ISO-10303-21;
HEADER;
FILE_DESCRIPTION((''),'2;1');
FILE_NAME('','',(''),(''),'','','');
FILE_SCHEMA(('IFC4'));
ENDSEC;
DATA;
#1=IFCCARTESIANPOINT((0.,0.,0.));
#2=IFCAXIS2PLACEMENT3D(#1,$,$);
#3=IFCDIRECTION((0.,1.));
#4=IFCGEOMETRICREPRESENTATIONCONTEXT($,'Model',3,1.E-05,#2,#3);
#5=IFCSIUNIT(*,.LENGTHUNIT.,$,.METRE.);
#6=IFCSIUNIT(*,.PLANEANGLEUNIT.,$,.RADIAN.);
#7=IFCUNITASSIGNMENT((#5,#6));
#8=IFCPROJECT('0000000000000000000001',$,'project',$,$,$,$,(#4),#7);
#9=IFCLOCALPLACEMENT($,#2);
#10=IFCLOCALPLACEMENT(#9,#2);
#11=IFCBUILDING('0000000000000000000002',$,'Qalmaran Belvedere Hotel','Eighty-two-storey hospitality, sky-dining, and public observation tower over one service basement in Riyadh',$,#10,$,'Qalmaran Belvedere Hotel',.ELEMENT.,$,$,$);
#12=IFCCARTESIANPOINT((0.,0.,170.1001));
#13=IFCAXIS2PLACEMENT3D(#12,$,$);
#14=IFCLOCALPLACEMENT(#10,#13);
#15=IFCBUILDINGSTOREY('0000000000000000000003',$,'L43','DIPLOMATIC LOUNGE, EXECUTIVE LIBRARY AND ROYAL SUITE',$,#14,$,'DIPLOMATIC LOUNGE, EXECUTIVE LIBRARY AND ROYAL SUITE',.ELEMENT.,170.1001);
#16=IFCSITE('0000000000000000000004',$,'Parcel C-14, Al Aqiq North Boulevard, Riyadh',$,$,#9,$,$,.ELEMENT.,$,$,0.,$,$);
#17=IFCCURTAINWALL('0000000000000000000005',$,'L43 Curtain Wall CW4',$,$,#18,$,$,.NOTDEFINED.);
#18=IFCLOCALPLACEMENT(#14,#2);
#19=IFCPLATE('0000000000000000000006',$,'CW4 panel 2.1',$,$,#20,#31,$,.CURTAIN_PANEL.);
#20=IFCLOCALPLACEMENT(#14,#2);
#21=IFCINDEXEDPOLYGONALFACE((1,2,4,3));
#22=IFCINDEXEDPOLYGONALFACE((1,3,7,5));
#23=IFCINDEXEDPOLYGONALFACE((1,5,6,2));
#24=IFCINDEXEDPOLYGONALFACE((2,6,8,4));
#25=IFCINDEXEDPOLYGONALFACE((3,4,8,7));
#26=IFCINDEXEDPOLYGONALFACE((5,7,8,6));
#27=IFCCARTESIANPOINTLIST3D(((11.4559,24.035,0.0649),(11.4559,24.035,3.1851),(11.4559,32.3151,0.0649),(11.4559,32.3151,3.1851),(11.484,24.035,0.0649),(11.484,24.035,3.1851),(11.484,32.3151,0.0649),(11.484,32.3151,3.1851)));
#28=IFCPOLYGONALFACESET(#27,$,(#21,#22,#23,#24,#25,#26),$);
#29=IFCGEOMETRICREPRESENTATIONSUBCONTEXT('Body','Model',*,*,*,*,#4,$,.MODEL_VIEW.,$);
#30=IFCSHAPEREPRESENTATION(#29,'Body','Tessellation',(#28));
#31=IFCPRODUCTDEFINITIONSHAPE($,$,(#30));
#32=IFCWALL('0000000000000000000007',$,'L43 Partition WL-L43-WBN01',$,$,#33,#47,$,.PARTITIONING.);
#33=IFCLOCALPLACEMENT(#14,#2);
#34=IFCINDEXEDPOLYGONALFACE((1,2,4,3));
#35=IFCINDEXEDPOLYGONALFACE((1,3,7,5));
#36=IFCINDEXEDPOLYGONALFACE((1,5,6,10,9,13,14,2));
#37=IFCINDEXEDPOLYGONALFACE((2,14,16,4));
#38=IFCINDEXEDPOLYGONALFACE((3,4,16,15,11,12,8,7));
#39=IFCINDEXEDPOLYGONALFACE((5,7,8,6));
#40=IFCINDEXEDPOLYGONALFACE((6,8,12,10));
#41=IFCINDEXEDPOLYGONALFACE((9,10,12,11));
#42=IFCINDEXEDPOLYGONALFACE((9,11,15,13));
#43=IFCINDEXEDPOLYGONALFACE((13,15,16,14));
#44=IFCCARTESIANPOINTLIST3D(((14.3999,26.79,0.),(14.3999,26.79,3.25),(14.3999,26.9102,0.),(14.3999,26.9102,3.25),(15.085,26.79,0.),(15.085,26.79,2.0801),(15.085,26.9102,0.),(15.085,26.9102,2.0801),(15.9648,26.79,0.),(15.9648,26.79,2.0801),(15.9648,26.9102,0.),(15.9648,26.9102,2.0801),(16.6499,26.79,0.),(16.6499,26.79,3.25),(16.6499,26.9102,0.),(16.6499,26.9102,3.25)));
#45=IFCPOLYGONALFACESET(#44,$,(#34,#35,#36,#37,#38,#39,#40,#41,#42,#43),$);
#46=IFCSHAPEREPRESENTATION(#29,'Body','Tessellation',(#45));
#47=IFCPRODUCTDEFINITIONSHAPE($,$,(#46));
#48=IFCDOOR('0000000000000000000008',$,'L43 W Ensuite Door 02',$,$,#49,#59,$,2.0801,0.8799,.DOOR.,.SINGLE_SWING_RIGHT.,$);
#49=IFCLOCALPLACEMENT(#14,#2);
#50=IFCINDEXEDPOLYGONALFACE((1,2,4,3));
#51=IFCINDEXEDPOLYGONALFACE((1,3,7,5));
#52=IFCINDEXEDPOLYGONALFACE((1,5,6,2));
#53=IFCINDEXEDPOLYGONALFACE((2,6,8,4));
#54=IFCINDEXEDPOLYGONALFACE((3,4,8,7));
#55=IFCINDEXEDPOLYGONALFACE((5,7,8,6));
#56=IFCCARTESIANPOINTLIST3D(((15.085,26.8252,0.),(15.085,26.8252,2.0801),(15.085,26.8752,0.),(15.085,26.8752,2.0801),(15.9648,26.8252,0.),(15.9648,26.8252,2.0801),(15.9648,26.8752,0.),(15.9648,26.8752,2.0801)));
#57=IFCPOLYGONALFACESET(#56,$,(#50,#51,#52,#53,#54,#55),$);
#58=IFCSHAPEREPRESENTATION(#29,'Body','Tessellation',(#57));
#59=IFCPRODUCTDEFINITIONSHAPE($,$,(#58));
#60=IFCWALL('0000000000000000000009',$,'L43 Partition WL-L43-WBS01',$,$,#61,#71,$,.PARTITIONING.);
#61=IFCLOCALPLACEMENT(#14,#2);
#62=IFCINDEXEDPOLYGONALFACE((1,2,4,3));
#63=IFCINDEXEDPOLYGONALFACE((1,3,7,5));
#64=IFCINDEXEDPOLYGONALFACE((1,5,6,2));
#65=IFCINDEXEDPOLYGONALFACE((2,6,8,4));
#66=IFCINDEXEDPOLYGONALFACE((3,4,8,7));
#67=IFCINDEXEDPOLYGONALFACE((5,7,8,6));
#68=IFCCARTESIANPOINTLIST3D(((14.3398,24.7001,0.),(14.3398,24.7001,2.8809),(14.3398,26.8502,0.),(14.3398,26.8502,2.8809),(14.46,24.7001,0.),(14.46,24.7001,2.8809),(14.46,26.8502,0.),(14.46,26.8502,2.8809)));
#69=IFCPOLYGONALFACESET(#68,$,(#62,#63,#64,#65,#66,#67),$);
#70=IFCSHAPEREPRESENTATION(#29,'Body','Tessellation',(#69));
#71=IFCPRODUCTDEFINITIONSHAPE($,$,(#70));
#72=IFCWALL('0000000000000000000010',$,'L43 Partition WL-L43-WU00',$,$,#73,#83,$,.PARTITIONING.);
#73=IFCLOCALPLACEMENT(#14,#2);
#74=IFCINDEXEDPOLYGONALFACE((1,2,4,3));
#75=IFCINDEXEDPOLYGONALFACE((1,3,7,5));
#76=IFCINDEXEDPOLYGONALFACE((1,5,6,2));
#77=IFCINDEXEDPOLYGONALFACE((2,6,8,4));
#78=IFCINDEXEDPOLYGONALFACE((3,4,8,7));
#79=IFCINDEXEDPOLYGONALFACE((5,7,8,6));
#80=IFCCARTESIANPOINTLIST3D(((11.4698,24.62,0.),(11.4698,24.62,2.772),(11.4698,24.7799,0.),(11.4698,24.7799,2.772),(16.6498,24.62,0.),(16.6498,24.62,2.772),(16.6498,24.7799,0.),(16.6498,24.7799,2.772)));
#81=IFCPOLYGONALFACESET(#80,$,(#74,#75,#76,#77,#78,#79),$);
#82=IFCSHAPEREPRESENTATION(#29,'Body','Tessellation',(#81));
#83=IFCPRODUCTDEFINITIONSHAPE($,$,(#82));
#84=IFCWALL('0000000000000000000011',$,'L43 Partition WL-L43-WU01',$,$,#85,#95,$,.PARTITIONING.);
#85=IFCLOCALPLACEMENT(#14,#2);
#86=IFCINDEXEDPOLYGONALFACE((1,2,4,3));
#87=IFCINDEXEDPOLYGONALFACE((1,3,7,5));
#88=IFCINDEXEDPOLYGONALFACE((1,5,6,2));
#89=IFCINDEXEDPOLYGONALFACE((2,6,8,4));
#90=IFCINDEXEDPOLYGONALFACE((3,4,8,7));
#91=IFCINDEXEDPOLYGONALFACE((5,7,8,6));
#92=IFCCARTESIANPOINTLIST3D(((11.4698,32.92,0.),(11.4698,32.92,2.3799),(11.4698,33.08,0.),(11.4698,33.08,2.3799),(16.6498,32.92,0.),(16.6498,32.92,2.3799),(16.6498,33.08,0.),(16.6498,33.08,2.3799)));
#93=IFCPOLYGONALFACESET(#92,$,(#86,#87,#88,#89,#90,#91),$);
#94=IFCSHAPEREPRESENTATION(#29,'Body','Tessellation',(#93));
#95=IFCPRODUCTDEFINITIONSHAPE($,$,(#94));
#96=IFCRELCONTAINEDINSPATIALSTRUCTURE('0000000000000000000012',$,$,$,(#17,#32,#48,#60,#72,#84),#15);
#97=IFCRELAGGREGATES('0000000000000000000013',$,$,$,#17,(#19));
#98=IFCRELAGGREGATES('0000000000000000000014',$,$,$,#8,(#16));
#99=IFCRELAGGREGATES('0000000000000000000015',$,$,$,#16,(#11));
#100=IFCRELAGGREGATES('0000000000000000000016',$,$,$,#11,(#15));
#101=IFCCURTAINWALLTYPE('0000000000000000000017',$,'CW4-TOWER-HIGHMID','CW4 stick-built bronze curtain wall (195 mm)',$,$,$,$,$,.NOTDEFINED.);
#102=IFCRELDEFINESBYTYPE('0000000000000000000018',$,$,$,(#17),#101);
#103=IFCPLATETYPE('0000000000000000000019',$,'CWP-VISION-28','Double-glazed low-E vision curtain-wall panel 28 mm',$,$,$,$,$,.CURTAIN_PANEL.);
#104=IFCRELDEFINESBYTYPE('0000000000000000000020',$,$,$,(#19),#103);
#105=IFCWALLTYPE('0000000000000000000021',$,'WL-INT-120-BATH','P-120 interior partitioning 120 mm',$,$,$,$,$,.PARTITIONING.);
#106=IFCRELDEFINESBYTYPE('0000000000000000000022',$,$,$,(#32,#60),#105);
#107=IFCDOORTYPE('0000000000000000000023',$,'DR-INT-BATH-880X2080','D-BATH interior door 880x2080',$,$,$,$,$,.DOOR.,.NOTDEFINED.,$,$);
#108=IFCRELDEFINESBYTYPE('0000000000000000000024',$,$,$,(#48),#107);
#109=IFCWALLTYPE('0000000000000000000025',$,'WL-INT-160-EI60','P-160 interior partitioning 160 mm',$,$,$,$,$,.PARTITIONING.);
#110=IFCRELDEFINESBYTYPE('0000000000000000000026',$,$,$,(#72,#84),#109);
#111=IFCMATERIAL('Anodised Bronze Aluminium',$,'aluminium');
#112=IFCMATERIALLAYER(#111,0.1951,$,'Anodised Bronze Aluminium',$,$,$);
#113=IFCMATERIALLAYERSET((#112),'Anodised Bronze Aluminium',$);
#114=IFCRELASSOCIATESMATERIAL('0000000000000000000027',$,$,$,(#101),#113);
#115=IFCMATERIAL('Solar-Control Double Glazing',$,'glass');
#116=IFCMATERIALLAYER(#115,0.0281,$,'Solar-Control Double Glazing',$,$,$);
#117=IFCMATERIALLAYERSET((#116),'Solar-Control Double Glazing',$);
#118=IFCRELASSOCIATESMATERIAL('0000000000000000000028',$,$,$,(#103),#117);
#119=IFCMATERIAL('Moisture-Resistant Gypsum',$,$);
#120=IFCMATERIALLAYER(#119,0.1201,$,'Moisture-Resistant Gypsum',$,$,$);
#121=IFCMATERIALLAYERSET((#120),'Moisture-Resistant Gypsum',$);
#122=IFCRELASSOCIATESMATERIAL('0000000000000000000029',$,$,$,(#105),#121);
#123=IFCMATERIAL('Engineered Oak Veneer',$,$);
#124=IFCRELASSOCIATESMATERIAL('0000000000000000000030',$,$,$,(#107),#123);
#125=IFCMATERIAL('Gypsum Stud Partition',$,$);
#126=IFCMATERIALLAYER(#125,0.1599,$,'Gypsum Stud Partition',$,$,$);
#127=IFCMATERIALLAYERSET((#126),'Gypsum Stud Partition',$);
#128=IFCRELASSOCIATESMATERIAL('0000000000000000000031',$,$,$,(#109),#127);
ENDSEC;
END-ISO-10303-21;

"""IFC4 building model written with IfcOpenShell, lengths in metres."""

from ifc_helpers import new_model, si_unit, direction, frame, frame_2d, origin, origin_2d, place, context, subcontext, project, spatial, rectangle, extrude, material, layer, layer_set, type_object, element, fill, aggregate, save


model = new_model("IFC4")

# Units and contexts
model_context = context("Model", 3, precision=1e-05, world=origin(), true_north=direction((0.0, 1.0)))
body_context = subcontext(model_context, "Body", "Model", "MODEL_VIEW")
ifc_project = project(units=[si_unit("LENGTHUNIT", "METRE"), si_unit("PLANEANGLEUNIT", "RADIAN")], contexts=[model_context])

# Site, building, storey
site_placement = place(None, origin())
site = spatial("IfcSite", under=ifc_project, at=site_placement, Name="Parcel C-14, Al Aqiq North Boulevard, Riyadh", CompositionType="ELEMENT", RefElevation=0.0)
building_placement = place(site_placement, origin())
building = spatial("IfcBuilding", under=site, at=building_placement, Name="Qalmaran Belvedere Hotel", Description="Eighty-two-storey hospitality, sky-dining, and public observation tower over one service basement in Riyadh", LongName="Qalmaran Belvedere Hotel", CompositionType="ELEMENT")
storey_placement = place(building_placement, frame((0.0, 0.0, 170.1001)))
storey = spatial("IfcBuildingStorey", under=building, at=storey_placement, Name="L43", Description="DIPLOMATIC LOUNGE, EXECUTIVE LIBRARY AND ROYAL SUITE", LongName="DIPLOMATIC LOUNGE, EXECUTIVE LIBRARY AND ROYAL SUITE", CompositionType="ELEMENT", Elevation=170.1001)

# Curtain wall, plate
ifc_material_1 = material(Name="Anodised Bronze Aluminium", Category="aluminium")
ifc_layer_1 = layer(ifc_material_1, 0.1951, Name="Anodised Bronze Aluminium")
ifc_layer_set_1 = layer_set([ifc_layer_1], Name="Anodised Bronze Aluminium")
curtain_wall_type = type_object("IfcCurtainWallType", Name="CW4-TOWER-HIGHMID", Description="CW4 stick-built bronze curtain wall (195 mm)", PredefinedType="NOTDEFINED", material=ifc_layer_set_1)
curtain_wall_placement = place(storey_placement, origin())
curtain_wall = element("IfcCurtainWall", 1, at=curtain_wall_placement, inside=storey, type_object=curtain_wall_type, Name="L43 Curtain Wall CW4", PredefinedType="NOTDEFINED")
ifc_material_2 = material(Name="Solar-Control Double Glazing", Category="glass")
ifc_layer_2 = layer(ifc_material_2, 0.0281, Name="Solar-Control Double Glazing")
ifc_layer_set_2 = layer_set([ifc_layer_2], Name="Solar-Control Double Glazing")
plate_type = type_object("IfcPlateType", Name="CWP-VISION-28", Description="Double-glazed low-E vision curtain-wall panel 28 mm", PredefinedType="CURTAIN_PANEL", material=ifc_layer_set_2)
plate_placement = place(storey_placement, frame((11.47, 28.175, 0.0649), z_axis=(0.0, 0.0, 1.0), x_axis=(0.0, -1.0, 0.0)))
plate = element("IfcPlate", 2, at=plate_placement, type_object=plate_type, Name="CW4 panel 2.1", PredefinedType="CURTAIN_PANEL", context=body_context, shape_type="SweptSolid", body=[
    extrude(rectangle(XDim=8.28, YDim=0.0281, at=origin_2d()), origin(), (0.0, 0.0, 1.0), 3.1201),
])
aggregate(curtain_wall, [plate])

# Wall, opening, door
ifc_material_3 = material(Name="Moisture-Resistant Gypsum")
ifc_layer_3 = layer(ifc_material_3, 0.1201, Name="Moisture-Resistant Gypsum")
ifc_layer_set_3 = layer_set([ifc_layer_3], Name="Moisture-Resistant Gypsum")
wall_type_1 = type_object("IfcWallType", Name="WL-INT-120-BATH", Description="P-120 interior partitioning 120 mm", PredefinedType="PARTITIONING", material=ifc_layer_set_3)
wall_1_placement = place(storey_placement, frame((14.3999, 26.8501, 0.0), z_axis=(0.0, 0.0, 1.0), x_axis=(1.0, 0.0, 0.0)))
wall_1 = element("IfcWall", 3, at=wall_1_placement, inside=storey, type_object=wall_type_1, Name="L43 Partition WL-L43-WBN01", PredefinedType="PARTITIONING", context=body_context, shape_type="SweptSolid", body=[
    extrude(rectangle(XDim=2.25, YDim=0.1201, at=frame_2d((1.125, 0.0))), origin(), (0.0, 0.0, 1.0), 3.25),
])
opening_placement = place(wall_1_placement, frame((1.5649, 0.0, 0.0), z_axis=(0.0, 0.0, 1.0), x_axis=(-1.0, 0.0, 0.0)))
opening = element("IfcOpeningElement", 4, at=opening_placement, cuts=wall_1, PredefinedType="OPENING", context=body_context, shape_type="SweptSolid", body=[
    extrude(rectangle(XDim=0.8799, YDim=2.0801, at=frame_2d((0.4399, 1.04))), frame((0.0, 0.0701, 0.0), z_axis=(0.0, -1.0, 0.0), x_axis=(1.0, 0.0, 0.0)), (0.0, 0.0, 1.0), 0.1401),
])
ifc_material_4 = material(Name="Engineered Oak Veneer")
door_type = type_object("IfcDoorType", Name="DR-INT-BATH-880X2080", Description="D-BATH interior door 880x2080", OperationType="NOTDEFINED", PredefinedType="DOOR", material=ifc_material_4)
door_placement = place(opening_placement, origin())
door = element("IfcDoor", 5, at=door_placement, inside=storey, type_object=door_type, Name="L43 W Ensuite Door 02", OperationType="SINGLE_SWING_RIGHT", OverallHeight=2.0801, OverallWidth=0.8799, PredefinedType="DOOR", context=body_context, shape_type="SweptSolid", body=[
    extrude(rectangle(XDim=0.8799, YDim=2.0801, at=frame_2d((0.4399, 1.04))), frame((0.0, 0.0249, 0.0), z_axis=(0.0, -1.0, 0.0), x_axis=(1.0, 0.0, 0.0)), (0.0, 0.0, 1.0), 0.05),
])
fill(opening, door)

# Walls
wall_2_placement = place(storey_placement, frame((14.3999, 24.7, 0.0), z_axis=(0.0, 0.0, 1.0), x_axis=(0.0, 1.0, 0.0)))
element("IfcWall", 6, at=wall_2_placement, inside=storey, type_object=wall_type_1, Name="L43 Partition WL-L43-WBS01", PredefinedType="PARTITIONING", context=body_context, shape_type="SweptSolid", body=[
    extrude(rectangle(XDim=2.1501, YDim=0.1201, at=frame_2d((1.0752, 0.0))), origin(), (0.0, 0.0, 1.0), 2.8809),
])
ifc_material_5 = material(Name="Gypsum Stud Partition")
ifc_layer_4 = layer(ifc_material_5, 0.1599, Name="Gypsum Stud Partition")
ifc_layer_set_4 = layer_set([ifc_layer_4], Name="Gypsum Stud Partition")
wall_type_2 = type_object("IfcWallType", Name="WL-INT-160-EI60", Description="P-160 interior partitioning 160 mm", PredefinedType="PARTITIONING", material=ifc_layer_set_4)
wall_3_placement = place(storey_placement, frame((11.47, 24.7, 0.0), z_axis=(0.0, 0.0, 1.0), x_axis=(1.0, 0.0, 0.0)))
element("IfcWall", 7, at=wall_3_placement, inside=storey, type_object=wall_type_2, Name="L43 Partition WL-L43-WU00", PredefinedType="PARTITIONING", context=body_context, shape_type="SweptSolid", body=[
    extrude(rectangle(XDim=5.1799, YDim=0.1599, at=frame_2d((2.5898, 0.0))), origin(), (0.0, 0.0, 1.0), 2.772),
])
wall_4_placement = place(storey_placement, frame((11.47, 33.0, 0.0), z_axis=(0.0, 0.0, 1.0), x_axis=(1.0, 0.0, 0.0)))
element("IfcWall", 8, at=wall_4_placement, inside=storey, type_object=wall_type_2, Name="L43 Partition WL-L43-WU01", PredefinedType="PARTITIONING", context=body_context, shape_type="SweptSolid", body=[
    extrude(rectangle(XDim=5.1799, YDim=0.1599, at=frame_2d((2.5898, 0.0))), origin(), (0.0, 0.0, 1.0), 2.3799),
])

save(model, "model.ifc")
